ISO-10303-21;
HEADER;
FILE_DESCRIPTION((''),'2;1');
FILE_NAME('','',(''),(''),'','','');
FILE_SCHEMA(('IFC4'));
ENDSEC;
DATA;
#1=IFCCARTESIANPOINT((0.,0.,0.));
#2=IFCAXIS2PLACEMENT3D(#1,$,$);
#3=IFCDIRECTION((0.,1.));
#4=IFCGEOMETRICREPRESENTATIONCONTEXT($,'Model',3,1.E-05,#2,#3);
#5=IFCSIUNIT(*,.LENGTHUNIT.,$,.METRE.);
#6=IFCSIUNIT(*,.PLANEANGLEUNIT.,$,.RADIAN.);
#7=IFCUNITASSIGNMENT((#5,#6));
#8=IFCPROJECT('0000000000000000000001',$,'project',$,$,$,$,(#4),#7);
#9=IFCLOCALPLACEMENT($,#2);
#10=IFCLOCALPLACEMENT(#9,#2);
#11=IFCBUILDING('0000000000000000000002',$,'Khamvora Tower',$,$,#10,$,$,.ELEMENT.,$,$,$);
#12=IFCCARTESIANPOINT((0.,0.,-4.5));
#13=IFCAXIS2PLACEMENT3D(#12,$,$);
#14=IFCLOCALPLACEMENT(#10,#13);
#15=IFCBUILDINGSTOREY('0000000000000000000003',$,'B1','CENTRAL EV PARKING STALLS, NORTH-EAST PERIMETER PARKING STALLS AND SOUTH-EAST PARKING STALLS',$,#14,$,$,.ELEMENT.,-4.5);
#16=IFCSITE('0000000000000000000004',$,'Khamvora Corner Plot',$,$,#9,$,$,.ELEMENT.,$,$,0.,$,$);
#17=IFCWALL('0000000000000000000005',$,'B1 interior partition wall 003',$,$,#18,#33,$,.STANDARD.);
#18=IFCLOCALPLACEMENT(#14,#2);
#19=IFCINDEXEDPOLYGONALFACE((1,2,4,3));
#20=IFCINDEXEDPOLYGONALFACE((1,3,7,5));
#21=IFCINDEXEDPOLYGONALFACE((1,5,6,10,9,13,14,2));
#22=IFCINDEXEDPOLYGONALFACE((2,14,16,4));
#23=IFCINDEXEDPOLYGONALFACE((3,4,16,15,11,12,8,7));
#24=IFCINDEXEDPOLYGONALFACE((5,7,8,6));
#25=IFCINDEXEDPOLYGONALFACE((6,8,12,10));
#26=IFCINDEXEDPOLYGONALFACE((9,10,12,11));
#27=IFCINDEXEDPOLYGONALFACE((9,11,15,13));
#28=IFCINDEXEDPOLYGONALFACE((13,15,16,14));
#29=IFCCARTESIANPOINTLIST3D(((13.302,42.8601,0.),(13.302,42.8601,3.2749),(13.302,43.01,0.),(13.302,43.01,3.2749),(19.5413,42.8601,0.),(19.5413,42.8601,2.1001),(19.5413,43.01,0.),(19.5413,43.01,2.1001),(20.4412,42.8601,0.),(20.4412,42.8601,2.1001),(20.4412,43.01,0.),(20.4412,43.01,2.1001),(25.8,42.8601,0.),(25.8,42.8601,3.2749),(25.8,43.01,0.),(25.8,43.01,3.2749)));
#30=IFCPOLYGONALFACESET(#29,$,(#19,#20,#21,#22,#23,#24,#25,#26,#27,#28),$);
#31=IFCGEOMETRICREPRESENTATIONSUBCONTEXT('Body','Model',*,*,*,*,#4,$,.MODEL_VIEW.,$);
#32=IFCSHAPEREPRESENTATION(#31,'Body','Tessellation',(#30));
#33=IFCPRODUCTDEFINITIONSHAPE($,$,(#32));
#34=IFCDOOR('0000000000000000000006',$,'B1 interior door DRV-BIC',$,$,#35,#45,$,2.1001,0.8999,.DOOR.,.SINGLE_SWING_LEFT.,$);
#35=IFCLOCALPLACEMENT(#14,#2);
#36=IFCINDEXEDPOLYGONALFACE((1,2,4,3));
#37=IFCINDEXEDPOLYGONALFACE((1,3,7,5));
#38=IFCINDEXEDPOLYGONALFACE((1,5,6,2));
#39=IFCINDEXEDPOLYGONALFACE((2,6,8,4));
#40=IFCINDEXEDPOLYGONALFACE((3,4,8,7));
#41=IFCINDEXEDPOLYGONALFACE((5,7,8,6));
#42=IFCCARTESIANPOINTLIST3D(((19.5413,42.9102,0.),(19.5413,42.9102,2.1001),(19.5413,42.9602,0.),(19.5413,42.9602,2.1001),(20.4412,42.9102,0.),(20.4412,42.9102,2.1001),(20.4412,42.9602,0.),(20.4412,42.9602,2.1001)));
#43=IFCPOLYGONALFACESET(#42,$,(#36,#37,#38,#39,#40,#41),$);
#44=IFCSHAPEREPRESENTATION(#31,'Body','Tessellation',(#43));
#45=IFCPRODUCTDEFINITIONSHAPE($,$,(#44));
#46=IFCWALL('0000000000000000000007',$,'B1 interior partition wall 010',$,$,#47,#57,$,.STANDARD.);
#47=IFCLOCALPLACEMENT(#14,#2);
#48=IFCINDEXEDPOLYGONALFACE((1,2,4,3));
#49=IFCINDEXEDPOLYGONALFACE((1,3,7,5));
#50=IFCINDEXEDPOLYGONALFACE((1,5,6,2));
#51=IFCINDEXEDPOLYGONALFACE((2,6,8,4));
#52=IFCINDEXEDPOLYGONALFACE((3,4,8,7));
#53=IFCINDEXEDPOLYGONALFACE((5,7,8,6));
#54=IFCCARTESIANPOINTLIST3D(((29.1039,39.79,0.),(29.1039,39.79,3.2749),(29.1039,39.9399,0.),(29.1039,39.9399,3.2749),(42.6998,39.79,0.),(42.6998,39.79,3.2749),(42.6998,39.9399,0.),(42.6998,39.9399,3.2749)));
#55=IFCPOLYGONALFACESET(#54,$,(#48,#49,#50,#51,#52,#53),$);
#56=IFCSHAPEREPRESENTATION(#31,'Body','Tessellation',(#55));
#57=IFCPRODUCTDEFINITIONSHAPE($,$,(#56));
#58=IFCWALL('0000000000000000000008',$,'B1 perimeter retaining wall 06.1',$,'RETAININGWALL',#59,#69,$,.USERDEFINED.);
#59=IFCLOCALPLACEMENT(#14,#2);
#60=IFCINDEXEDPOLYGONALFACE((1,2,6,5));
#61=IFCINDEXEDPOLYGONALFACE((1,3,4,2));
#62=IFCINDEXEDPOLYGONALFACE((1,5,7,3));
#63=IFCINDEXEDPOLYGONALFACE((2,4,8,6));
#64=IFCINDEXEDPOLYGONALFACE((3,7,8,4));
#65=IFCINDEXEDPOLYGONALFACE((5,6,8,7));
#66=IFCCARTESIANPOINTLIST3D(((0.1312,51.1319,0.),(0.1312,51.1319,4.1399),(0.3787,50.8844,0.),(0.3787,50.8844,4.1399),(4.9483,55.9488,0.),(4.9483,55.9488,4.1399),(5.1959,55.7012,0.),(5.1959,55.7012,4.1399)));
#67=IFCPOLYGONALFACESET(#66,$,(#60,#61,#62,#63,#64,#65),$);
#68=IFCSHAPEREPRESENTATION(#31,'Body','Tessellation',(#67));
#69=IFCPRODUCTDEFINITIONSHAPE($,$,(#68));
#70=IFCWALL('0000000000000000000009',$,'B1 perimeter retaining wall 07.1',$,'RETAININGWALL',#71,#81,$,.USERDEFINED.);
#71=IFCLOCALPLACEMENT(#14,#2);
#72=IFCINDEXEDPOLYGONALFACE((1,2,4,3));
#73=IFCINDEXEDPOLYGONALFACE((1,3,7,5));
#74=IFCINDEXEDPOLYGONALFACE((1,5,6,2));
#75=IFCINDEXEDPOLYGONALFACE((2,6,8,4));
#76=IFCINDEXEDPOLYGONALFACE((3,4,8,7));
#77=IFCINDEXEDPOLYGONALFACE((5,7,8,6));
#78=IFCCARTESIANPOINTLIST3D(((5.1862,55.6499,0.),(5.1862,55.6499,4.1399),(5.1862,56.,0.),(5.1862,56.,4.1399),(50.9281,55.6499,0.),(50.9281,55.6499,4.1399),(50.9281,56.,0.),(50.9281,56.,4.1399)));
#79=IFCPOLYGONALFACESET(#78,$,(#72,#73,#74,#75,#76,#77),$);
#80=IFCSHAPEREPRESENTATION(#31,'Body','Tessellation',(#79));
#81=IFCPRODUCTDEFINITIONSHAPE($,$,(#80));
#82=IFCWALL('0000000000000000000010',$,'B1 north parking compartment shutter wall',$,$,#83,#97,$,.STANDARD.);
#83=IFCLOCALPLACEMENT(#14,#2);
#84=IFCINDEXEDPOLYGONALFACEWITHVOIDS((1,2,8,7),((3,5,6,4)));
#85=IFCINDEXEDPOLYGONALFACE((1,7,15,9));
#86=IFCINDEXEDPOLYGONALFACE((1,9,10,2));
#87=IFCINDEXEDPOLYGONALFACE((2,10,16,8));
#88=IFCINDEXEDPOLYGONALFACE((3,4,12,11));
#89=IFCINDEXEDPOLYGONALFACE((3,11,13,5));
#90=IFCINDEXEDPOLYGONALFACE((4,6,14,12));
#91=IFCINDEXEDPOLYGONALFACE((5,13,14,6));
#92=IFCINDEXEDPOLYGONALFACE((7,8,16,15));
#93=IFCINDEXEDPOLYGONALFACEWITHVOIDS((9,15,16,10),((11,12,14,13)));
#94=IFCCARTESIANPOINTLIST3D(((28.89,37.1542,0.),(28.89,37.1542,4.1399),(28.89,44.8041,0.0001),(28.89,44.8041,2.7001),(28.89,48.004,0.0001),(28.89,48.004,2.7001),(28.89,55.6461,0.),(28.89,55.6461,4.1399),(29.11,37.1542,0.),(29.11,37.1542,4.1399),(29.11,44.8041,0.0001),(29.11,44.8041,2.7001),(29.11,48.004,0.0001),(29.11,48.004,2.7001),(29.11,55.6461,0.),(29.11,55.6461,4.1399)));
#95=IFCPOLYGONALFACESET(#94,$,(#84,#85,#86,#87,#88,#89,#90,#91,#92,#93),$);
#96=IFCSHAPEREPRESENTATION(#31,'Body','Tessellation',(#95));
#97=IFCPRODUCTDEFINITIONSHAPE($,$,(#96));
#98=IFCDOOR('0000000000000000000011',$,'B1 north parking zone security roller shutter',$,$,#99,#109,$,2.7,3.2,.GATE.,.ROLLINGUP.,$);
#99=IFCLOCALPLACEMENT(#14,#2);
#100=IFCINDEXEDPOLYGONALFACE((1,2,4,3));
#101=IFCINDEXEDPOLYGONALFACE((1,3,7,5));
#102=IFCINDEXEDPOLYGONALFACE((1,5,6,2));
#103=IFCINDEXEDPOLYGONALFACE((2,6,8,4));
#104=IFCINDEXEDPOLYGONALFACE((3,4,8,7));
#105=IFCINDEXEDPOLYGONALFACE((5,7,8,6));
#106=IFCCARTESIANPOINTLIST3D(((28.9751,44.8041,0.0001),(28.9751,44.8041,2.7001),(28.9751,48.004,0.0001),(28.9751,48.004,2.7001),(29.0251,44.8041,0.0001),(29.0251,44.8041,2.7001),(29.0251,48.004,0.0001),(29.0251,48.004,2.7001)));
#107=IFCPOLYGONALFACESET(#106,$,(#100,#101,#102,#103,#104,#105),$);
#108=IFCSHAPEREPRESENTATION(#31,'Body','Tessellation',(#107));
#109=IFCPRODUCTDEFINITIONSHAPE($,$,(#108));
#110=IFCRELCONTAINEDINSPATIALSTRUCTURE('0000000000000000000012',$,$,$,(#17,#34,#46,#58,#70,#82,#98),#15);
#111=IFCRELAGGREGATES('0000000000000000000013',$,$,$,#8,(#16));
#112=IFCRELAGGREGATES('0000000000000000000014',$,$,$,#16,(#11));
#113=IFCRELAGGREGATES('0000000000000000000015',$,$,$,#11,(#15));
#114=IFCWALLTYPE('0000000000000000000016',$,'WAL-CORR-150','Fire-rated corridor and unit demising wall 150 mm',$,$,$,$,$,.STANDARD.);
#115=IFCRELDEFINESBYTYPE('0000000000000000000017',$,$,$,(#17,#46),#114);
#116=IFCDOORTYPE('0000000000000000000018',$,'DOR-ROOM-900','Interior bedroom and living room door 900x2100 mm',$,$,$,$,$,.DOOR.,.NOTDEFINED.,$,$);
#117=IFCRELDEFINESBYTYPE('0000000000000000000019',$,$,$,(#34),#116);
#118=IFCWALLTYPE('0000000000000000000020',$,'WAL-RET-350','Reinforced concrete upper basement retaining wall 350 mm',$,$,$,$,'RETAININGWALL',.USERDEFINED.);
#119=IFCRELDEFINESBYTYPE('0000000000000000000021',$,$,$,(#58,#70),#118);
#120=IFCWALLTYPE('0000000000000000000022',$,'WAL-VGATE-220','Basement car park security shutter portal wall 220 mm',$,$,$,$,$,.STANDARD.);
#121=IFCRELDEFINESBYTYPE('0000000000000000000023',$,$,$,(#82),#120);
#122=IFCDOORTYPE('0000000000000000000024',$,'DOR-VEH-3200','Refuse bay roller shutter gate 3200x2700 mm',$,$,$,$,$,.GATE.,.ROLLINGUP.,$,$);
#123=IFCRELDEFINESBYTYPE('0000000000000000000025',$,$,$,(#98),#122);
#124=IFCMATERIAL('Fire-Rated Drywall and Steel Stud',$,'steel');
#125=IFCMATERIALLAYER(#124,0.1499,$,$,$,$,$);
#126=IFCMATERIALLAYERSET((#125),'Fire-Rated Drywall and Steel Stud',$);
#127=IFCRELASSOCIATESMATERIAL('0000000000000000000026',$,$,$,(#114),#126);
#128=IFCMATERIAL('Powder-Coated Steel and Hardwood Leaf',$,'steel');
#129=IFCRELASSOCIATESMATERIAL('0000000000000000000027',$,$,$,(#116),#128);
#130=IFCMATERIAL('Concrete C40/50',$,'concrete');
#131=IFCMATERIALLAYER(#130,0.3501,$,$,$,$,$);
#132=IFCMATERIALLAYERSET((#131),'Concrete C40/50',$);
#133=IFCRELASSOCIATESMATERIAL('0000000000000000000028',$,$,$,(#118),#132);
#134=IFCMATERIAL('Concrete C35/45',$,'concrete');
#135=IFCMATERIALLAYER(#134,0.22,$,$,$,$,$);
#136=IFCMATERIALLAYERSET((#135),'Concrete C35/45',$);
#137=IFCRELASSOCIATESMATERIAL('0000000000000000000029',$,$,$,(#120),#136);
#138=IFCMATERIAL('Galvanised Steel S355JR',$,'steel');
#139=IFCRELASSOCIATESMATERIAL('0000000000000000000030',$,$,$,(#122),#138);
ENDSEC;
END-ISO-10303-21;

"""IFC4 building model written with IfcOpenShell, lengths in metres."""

from ifc_helpers import new_model, si_unit, direction, frame, frame_2d, origin, place, context, subcontext, project, spatial, rectangle, extrude, material, layer, layer_set, type_object, element, fill, save


model = new_model("IFC4")

# Units and contexts
model_context = context("Model", 3, precision=1e-05, world=origin(), true_north=direction((0.0, 1.0)))
body_context = subcontext(model_context, "Body", "Model", "MODEL_VIEW")
ifc_project = project(units=[si_unit("LENGTHUNIT", "METRE"), si_unit("PLANEANGLEUNIT", "RADIAN")], contexts=[model_context])

# Site, building, storey
site_placement = place(None, origin())
site = spatial("IfcSite", under=ifc_project, at=site_placement, Name="Khamvora Corner Plot", CompositionType="ELEMENT", RefElevation=0.0)
building_placement = place(site_placement, origin())
building = spatial("IfcBuilding", under=site, at=building_placement, Name="Khamvora Tower", CompositionType="ELEMENT")
storey_placement = place(building_placement, frame((0.0, 0.0, -4.5)))
storey = spatial("IfcBuildingStorey", under=building, at=storey_placement, Name="B1", Description="CENTRAL EV PARKING STALLS, NORTH-EAST PERIMETER PARKING STALLS AND SOUTH-EAST PARKING STALLS", CompositionType="ELEMENT", Elevation=-4.5)

# Shared definitions
ifc_material_1 = material(Name="Powder-Coated Steel and Hardwood Leaf", Category="steel")

# Shared definitions
ifc_material_2 = material(Name="Fire-Rated Drywall and Steel Stud", Category="steel")
ifc_layer_1 = layer(ifc_material_2, 0.1499)
ifc_layer_set_1 = layer_set([ifc_layer_1], Name="Fire-Rated Drywall and Steel Stud")
wall_type_1 = type_object("IfcWallType", Name="WAL-CORR-150", Description="Fire-rated corridor and unit demising wall 150 mm", PredefinedType="STANDARD", material=ifc_layer_set_1)

# Wall, opening, door
wall_1_placement = place(storey_placement, frame((25.8, 42.9351, 0.0), z_axis=(0.0, 0.0, 1.0), x_axis=(-1.0, 0.0, 0.0)))
wall_1 = element("IfcWall", 1, at=wall_1_placement, inside=storey, type_object=wall_type_1, Name="B1 interior partition wall 003", PredefinedType="STANDARD", context=body_context, shape_type="SweptSolid", body=[
    extrude(rectangle(XDim=12.498, YDim=0.1499, at=frame_2d((6.249, 0.0))), origin(), (0.0, 0.0, 1.0), 3.2749),
])
opening_1_placement = place(wall_1_placement, frame((5.3589, 0.0, 0.0)))
opening_1 = element("IfcOpeningElement", 2, at=opening_1_placement, cuts=wall_1, PredefinedType="OPENING", context=body_context, shape_type="SweptSolid", body=[
    extrude(rectangle(XDim=0.8999, YDim=2.1001, at=frame_2d((0.45, 1.05))), frame((0.0, 0.085, 0.0), z_axis=(0.0, -1.0, 0.0), x_axis=(1.0, 0.0, 0.0)), (0.0, 0.0, 1.0), 0.1699),
])
door_type_1 = type_object("IfcDoorType", Name="DOR-ROOM-900", Description="Interior bedroom and living room door 900x2100 mm", OperationType="NOTDEFINED", PredefinedType="DOOR", material=ifc_material_1)
door_1_placement = place(opening_1_placement, origin())
door_1 = element("IfcDoor", 3, at=door_1_placement, inside=storey, type_object=door_type_1, Name="B1 interior door DRV-BIC", OperationType="SINGLE_SWING_LEFT", OverallHeight=2.1001, OverallWidth=0.8999, PredefinedType="DOOR", context=body_context, shape_type="SweptSolid", body=[
    extrude(rectangle(XDim=0.8999, YDim=2.1001, at=frame_2d((0.45, 1.05))), frame((0.0, 0.0249, 0.0), z_axis=(0.0, -1.0, 0.0), x_axis=(1.0, 0.0, 0.0)), (0.0, 0.0, 1.0), 0.05),
])
fill(opening_1, door_1)

# Walls
wall_2_placement = place(storey_placement, frame((29.104, 39.865, 0.0), z_axis=(0.0, 0.0, 1.0), x_axis=(1.0, 0.0, 0.0)))
element("IfcWall", 4, at=wall_2_placement, inside=storey, type_object=wall_type_1, Name="B1 interior partition wall 010", PredefinedType="STANDARD", context=body_context, shape_type="SweptSolid", body=[
    extrude(rectangle(XDim=13.5959, YDim=0.1499, at=frame_2d((6.7979, 0.0))), origin(), (0.0, 0.0, 1.0), 3.2749),
])
ifc_material_3 = material(Name="Concrete C40/50", Category="concrete")
ifc_layer_2 = layer(ifc_material_3, 0.3501)
ifc_layer_set_2 = layer_set([ifc_layer_2], Name="Concrete C40/50")
wall_type_2 = type_object("IfcWallType", Name="WAL-RET-350", Description="Reinforced concrete upper basement retaining wall 350 mm", ElementType="RETAININGWALL", PredefinedType="USERDEFINED", material=ifc_layer_set_2)
wall_3_placement = place(storey_placement, frame((0.2549, 51.0081, 0.0), z_axis=(0.0, 0.0, 1.0), x_axis=(0.707125, 0.707089, 0.0)))
element("IfcWall", 5, at=wall_3_placement, inside=storey, type_object=wall_type_2, Name="B1 perimeter retaining wall 06.1", ObjectType="RETAININGWALL", PredefinedType="USERDEFINED", context=body_context, shape_type="SweptSolid", body=[
    extrude(rectangle(XDim=6.8123, YDim=0.3501, at=frame_2d((3.4062, 0.0))), origin(), (0.0, 0.0, 1.0), 4.1399),
])
wall_4_placement = place(storey_placement, frame((5.186, 55.825, 0.0), z_axis=(0.0, 0.0, 1.0), x_axis=(1.0, 0.0, 0.0)))
element("IfcWall", 6, at=wall_4_placement, inside=storey, type_object=wall_type_2, Name="B1 perimeter retaining wall 07.1", ObjectType="RETAININGWALL", PredefinedType="USERDEFINED", context=body_context, shape_type="SweptSolid", body=[
    extrude(rectangle(XDim=45.7419, YDim=0.3501, at=frame_2d((22.8711, 0.0))), origin(), (0.0, 0.0, 1.0), 4.1399),
])

# Wall, opening, door
ifc_material_4 = material(Name="Concrete C35/45", Category="concrete")
ifc_layer_3 = layer(ifc_material_4, 0.22)
ifc_layer_set_3 = layer_set([ifc_layer_3], Name="Concrete C35/45")
wall_type_3 = type_object("IfcWallType", Name="WAL-VGATE-220", Description="Basement car park security shutter portal wall 220 mm", PredefinedType="STANDARD", material=ifc_layer_set_3)
wall_5_placement = place(storey_placement, frame((29.0, 37.1541, 0.0), z_axis=(0.0, 0.0, 1.0), x_axis=(0.0, 1.0, 0.0)))
wall_5 = element("IfcWall", 7, at=wall_5_placement, inside=storey, type_object=wall_type_3, Name="B1 north parking compartment shutter wall", PredefinedType="STANDARD", context=body_context, shape_type="SweptSolid", body=[
    extrude(rectangle(XDim=18.4919, YDim=0.22, at=frame_2d((9.2461, 0.0))), origin(), (0.0, 0.0, 1.0), 4.1399),
])
opening_2_placement = place(wall_5_placement, frame((7.6499, 0.0, 0.0)))
opening_2 = element("IfcOpeningElement", 8, at=opening_2_placement, cuts=wall_5, PredefinedType="OPENING", context=body_context, shape_type="SweptSolid", body=[
    extrude(rectangle(XDim=3.2, YDim=2.7, at=frame_2d((1.6001, 1.3501))), frame((0.0, 0.1199, 0.0), z_axis=(0.0, -1.0, 0.0), x_axis=(1.0, 0.0, 0.0)), (0.0, 0.0, 1.0), 0.24),
])
ifc_material_5 = material(Name="Galvanised Steel S355JR", Category="steel")
door_type_2 = type_object("IfcDoorType", Name="DOR-VEH-3200", Description="Refuse bay roller shutter gate 3200x2700 mm", OperationType="ROLLINGUP", PredefinedType="GATE", material=ifc_material_5)
door_2_placement = place(opening_2_placement, origin())
door_2 = element("IfcDoor", 9, at=door_2_placement, inside=storey, type_object=door_type_2, Name="B1 north parking zone security roller shutter", OperationType="ROLLINGUP", OverallHeight=2.7, OverallWidth=3.2, PredefinedType="GATE", context=body_context, shape_type="SweptSolid", body=[
    extrude(rectangle(XDim=3.2, YDim=2.7, at=frame_2d((1.6001, 1.3501))), frame((0.0, 0.0249, 0.0), z_axis=(0.0, -1.0, 0.0), x_axis=(1.0, 0.0, 0.0)), (0.0, 0.0, 1.0), 0.05),
])
fill(opening_2, door_2)

save(model, "model.ifc")
